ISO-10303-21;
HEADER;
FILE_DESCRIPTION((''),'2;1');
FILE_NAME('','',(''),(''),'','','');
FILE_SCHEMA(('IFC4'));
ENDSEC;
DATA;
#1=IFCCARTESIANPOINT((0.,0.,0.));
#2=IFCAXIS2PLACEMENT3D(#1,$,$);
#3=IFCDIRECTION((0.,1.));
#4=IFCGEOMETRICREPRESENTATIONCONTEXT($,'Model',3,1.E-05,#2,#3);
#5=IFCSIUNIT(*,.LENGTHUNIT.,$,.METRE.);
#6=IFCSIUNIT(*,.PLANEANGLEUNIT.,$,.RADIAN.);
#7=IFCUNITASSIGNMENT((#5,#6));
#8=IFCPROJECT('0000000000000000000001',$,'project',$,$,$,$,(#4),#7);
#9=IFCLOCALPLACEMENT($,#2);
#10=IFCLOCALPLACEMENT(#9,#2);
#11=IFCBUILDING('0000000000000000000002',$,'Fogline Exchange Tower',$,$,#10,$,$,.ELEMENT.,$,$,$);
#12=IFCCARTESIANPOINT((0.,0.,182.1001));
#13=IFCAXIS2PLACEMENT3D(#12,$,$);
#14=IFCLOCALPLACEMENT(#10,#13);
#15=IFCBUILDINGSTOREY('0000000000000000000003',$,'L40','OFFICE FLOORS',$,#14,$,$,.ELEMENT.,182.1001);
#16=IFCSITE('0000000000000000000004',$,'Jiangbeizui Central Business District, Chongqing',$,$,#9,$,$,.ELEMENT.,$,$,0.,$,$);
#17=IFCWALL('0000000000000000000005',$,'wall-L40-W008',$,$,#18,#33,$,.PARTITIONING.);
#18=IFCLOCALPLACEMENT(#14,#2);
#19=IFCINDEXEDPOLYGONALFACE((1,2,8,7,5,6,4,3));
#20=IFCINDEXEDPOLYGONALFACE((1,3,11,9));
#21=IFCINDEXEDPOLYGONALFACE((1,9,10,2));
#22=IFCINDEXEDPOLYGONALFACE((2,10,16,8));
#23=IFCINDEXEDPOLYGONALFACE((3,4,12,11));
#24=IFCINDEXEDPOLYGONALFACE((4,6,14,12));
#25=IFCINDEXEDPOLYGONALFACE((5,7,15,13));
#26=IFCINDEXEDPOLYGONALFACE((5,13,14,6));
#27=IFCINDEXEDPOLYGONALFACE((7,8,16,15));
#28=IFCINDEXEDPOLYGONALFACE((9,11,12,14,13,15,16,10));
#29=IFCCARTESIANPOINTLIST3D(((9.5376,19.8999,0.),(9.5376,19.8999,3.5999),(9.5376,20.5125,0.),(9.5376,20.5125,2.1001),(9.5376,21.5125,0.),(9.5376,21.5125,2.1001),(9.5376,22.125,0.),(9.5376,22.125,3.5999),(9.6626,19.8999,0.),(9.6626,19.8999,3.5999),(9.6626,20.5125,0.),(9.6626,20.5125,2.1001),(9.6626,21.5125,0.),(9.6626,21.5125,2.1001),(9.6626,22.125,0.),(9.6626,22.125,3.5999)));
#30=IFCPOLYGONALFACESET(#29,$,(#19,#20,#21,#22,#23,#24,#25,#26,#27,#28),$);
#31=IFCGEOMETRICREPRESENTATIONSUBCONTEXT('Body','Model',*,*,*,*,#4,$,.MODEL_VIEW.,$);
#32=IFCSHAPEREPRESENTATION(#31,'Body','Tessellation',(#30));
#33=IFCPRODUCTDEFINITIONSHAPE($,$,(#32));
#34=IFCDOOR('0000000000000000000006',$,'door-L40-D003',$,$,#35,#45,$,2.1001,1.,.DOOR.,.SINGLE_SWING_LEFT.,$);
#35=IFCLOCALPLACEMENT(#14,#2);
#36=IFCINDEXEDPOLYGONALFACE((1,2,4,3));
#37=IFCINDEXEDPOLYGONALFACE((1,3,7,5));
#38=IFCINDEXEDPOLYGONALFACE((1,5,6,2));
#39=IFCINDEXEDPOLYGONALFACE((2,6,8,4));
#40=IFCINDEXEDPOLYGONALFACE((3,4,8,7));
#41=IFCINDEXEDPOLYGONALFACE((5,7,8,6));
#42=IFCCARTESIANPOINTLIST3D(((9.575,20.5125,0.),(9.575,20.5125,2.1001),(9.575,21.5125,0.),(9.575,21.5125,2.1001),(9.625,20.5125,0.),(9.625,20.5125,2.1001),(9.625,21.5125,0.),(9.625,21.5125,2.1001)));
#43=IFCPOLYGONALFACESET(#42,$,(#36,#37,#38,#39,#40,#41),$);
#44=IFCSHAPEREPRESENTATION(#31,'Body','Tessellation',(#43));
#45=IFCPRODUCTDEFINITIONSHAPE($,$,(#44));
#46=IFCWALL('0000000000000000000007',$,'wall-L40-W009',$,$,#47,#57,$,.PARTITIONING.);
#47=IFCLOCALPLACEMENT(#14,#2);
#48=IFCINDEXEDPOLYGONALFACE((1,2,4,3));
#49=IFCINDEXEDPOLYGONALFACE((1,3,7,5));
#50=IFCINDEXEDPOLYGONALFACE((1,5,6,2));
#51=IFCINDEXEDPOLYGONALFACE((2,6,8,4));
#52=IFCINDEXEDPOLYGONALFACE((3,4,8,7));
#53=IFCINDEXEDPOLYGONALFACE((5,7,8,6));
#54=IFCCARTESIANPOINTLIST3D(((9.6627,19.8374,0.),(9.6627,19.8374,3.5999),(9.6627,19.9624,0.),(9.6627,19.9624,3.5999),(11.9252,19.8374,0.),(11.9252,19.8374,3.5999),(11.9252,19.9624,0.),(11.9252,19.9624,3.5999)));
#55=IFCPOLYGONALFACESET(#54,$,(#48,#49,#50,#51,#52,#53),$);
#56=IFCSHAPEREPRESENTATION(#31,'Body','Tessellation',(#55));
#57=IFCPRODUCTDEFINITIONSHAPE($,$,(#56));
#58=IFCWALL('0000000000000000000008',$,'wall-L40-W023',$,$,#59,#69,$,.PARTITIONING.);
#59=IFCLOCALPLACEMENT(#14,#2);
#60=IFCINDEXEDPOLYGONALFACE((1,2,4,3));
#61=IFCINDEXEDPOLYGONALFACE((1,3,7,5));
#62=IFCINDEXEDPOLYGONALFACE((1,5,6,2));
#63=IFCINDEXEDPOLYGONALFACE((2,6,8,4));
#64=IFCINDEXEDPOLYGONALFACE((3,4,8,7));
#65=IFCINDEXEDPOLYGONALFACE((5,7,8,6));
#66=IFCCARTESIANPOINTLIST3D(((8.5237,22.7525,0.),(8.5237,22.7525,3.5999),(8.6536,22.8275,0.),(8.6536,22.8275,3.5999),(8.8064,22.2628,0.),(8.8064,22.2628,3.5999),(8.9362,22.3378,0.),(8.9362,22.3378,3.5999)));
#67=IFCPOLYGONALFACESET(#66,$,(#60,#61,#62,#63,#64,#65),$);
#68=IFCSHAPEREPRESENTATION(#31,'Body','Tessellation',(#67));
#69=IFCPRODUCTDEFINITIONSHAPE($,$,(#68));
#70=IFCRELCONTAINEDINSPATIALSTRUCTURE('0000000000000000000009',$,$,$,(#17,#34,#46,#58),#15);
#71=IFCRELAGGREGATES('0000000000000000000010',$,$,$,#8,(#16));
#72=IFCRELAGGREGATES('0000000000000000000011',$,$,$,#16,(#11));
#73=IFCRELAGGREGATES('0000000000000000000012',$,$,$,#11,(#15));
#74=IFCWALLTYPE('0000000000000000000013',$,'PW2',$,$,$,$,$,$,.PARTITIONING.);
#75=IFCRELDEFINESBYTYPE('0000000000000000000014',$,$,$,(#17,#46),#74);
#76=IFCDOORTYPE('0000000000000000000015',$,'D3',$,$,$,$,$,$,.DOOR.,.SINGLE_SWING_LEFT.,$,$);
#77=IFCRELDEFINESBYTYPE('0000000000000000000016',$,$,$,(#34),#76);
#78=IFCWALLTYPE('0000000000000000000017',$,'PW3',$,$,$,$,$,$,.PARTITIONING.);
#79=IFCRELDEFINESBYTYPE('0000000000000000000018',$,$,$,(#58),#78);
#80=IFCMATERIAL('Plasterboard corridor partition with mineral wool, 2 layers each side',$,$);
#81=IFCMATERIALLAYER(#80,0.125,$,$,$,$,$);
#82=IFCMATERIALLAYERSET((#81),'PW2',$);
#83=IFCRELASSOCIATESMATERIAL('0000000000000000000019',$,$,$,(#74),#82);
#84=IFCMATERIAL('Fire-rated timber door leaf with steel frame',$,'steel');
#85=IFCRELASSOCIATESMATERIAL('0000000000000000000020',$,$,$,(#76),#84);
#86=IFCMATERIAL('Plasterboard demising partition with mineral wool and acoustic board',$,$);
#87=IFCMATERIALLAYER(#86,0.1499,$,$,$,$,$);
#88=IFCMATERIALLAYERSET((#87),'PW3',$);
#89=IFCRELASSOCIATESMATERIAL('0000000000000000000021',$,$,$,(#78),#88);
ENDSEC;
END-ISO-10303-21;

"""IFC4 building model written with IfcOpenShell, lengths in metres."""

from ifc_helpers import new_model, si_unit, direction, frame, frame_2d, origin, place, context, subcontext, project, spatial, rectangle, extrude, material, layer, layer_set, type_object, element, fill, save


model = new_model("IFC4")

# Units and contexts
model_context = context("Model", 3, precision=1e-05, world=origin(), true_north=direction((0.0, 1.0)))
body_context = subcontext(model_context, "Body", "Model", "MODEL_VIEW")
ifc_project = project(units=[si_unit("LENGTHUNIT", "METRE"), si_unit("PLANEANGLEUNIT", "RADIAN")], contexts=[model_context])

# Site, building, storey
site_placement = place(None, origin())
site = spatial("IfcSite", under=ifc_project, at=site_placement, Name="Jiangbeizui Central Business District, Chongqing", CompositionType="ELEMENT", RefElevation=0.0)
building_placement = place(site_placement, origin())
building = spatial("IfcBuilding", under=site, at=building_placement, Name="Fogline Exchange Tower", CompositionType="ELEMENT")
storey_placement = place(building_placement, frame((0.0, 0.0, 182.1001)))
storey = spatial("IfcBuildingStorey", under=building, at=storey_placement, Name="L40", Description="OFFICE FLOORS", CompositionType="ELEMENT", Elevation=182.1001)

# Shared definitions
ifc_material_1 = material(Name="Plasterboard corridor partition with mineral wool, 2 layers each side")
ifc_layer_1 = layer(ifc_material_1, 0.125)
ifc_layer_set_1 = layer_set([ifc_layer_1], Name="PW2")
wall_type_1 = type_object("IfcWallType", Name="PW2", PredefinedType="PARTITIONING", material=ifc_layer_set_1)
ifc_material_2 = material(Name="Fire-rated timber door leaf with steel frame", Category="steel")
door_type_1 = type_object("IfcDoorType", Name="D3", OperationType="SINGLE_SWING_LEFT", PredefinedType="DOOR", material=ifc_material_2)

# Wall, opening, door
wall_1_placement = place(storey_placement, frame((9.6001, 22.125, 0.0), z_axis=(0.0, 0.0, 1.0), x_axis=(0.0, -1.0, 0.0)))
wall_1 = element("IfcWall", 1, at=wall_1_placement, inside=storey, type_object=wall_type_1, Name="wall-L40-W008", PredefinedType="PARTITIONING", context=body_context, shape_type="SweptSolid", body=[
    extrude(rectangle(XDim=2.2251, YDim=0.125, at=frame_2d((1.1125, 0.0))), origin(), (0.0, 0.0, 1.0), 3.5999),
])
opening_1_placement = place(wall_1_placement, frame((0.6125, 0.0, 0.0)))
opening_1 = element("IfcOpeningElement", 2, at=opening_1_placement, cuts=wall_1, PredefinedType="OPENING", context=body_context, shape_type="SweptSolid", body=[
    extrude(rectangle(XDim=1.0, YDim=2.1001, at=frame_2d((0.5, 1.05))), frame((0.0, 0.0725, 0.0), z_axis=(0.0, -1.0, 0.0), x_axis=(1.0, 0.0, 0.0)), (0.0, 0.0, 1.0), 0.145),
])
door_1_placement = place(opening_1_placement, origin())
door_1 = element("IfcDoor", 3, at=door_1_placement, inside=storey, type_object=door_type_1, Name="door-L40-D003", OperationType="SINGLE_SWING_LEFT", OverallHeight=2.1001, OverallWidth=1.0, PredefinedType="DOOR", context=body_context, shape_type="SweptSolid", body=[
    extrude(rectangle(XDim=1.0, YDim=2.1001, at=frame_2d((0.5, 1.05))), frame((0.0, 0.0249, 0.0), z_axis=(0.0, -1.0, 0.0), x_axis=(1.0, 0.0, 0.0)), (0.0, 0.0, 1.0), 0.05),
])
fill(opening_1, door_1)

# Walls
wall_2_placement = place(storey_placement, frame((9.6626, 19.8999, 0.0), z_axis=(0.0, 0.0, 1.0), x_axis=(1.0, 0.0, 0.0)))
element("IfcWall", 4, at=wall_2_placement, inside=storey, type_object=wall_type_1, Name="wall-L40-W009", PredefinedType="PARTITIONING", context=body_context, shape_type="SweptSolid", body=[
    extrude(rectangle(XDim=2.2625, YDim=0.125, at=frame_2d((1.1313, 0.0))), origin(), (0.0, 0.0, 1.0), 3.5999),
])
ifc_material_3 = material(Name="Plasterboard demising partition with mineral wool and acoustic board")
ifc_layer_2 = layer(ifc_material_3, 0.1499)
ifc_layer_set_2 = layer_set([ifc_layer_2], Name="PW3")
wall_type_2 = type_object("IfcWallType", Name="PW3", PredefinedType="PARTITIONING", material=ifc_layer_set_2)
wall_3_placement = place(storey_placement, frame((8.8713, 22.3003, 0.0), z_axis=(0.0, 0.0, 1.0), x_axis=(-0.499947, 0.866056, 0.0)))
element("IfcWall", 5, at=wall_3_placement, inside=storey, type_object=wall_type_2, Name="wall-L40-W023", PredefinedType="PARTITIONING", context=body_context, shape_type="SweptSolid", body=[
    extrude(rectangle(XDim=0.5654, YDim=0.1499, at=frame_2d((0.2827, 0.0))), origin(), (0.0, 0.0, 1.0), 3.5999),
])

save(model, "model.ifc")
